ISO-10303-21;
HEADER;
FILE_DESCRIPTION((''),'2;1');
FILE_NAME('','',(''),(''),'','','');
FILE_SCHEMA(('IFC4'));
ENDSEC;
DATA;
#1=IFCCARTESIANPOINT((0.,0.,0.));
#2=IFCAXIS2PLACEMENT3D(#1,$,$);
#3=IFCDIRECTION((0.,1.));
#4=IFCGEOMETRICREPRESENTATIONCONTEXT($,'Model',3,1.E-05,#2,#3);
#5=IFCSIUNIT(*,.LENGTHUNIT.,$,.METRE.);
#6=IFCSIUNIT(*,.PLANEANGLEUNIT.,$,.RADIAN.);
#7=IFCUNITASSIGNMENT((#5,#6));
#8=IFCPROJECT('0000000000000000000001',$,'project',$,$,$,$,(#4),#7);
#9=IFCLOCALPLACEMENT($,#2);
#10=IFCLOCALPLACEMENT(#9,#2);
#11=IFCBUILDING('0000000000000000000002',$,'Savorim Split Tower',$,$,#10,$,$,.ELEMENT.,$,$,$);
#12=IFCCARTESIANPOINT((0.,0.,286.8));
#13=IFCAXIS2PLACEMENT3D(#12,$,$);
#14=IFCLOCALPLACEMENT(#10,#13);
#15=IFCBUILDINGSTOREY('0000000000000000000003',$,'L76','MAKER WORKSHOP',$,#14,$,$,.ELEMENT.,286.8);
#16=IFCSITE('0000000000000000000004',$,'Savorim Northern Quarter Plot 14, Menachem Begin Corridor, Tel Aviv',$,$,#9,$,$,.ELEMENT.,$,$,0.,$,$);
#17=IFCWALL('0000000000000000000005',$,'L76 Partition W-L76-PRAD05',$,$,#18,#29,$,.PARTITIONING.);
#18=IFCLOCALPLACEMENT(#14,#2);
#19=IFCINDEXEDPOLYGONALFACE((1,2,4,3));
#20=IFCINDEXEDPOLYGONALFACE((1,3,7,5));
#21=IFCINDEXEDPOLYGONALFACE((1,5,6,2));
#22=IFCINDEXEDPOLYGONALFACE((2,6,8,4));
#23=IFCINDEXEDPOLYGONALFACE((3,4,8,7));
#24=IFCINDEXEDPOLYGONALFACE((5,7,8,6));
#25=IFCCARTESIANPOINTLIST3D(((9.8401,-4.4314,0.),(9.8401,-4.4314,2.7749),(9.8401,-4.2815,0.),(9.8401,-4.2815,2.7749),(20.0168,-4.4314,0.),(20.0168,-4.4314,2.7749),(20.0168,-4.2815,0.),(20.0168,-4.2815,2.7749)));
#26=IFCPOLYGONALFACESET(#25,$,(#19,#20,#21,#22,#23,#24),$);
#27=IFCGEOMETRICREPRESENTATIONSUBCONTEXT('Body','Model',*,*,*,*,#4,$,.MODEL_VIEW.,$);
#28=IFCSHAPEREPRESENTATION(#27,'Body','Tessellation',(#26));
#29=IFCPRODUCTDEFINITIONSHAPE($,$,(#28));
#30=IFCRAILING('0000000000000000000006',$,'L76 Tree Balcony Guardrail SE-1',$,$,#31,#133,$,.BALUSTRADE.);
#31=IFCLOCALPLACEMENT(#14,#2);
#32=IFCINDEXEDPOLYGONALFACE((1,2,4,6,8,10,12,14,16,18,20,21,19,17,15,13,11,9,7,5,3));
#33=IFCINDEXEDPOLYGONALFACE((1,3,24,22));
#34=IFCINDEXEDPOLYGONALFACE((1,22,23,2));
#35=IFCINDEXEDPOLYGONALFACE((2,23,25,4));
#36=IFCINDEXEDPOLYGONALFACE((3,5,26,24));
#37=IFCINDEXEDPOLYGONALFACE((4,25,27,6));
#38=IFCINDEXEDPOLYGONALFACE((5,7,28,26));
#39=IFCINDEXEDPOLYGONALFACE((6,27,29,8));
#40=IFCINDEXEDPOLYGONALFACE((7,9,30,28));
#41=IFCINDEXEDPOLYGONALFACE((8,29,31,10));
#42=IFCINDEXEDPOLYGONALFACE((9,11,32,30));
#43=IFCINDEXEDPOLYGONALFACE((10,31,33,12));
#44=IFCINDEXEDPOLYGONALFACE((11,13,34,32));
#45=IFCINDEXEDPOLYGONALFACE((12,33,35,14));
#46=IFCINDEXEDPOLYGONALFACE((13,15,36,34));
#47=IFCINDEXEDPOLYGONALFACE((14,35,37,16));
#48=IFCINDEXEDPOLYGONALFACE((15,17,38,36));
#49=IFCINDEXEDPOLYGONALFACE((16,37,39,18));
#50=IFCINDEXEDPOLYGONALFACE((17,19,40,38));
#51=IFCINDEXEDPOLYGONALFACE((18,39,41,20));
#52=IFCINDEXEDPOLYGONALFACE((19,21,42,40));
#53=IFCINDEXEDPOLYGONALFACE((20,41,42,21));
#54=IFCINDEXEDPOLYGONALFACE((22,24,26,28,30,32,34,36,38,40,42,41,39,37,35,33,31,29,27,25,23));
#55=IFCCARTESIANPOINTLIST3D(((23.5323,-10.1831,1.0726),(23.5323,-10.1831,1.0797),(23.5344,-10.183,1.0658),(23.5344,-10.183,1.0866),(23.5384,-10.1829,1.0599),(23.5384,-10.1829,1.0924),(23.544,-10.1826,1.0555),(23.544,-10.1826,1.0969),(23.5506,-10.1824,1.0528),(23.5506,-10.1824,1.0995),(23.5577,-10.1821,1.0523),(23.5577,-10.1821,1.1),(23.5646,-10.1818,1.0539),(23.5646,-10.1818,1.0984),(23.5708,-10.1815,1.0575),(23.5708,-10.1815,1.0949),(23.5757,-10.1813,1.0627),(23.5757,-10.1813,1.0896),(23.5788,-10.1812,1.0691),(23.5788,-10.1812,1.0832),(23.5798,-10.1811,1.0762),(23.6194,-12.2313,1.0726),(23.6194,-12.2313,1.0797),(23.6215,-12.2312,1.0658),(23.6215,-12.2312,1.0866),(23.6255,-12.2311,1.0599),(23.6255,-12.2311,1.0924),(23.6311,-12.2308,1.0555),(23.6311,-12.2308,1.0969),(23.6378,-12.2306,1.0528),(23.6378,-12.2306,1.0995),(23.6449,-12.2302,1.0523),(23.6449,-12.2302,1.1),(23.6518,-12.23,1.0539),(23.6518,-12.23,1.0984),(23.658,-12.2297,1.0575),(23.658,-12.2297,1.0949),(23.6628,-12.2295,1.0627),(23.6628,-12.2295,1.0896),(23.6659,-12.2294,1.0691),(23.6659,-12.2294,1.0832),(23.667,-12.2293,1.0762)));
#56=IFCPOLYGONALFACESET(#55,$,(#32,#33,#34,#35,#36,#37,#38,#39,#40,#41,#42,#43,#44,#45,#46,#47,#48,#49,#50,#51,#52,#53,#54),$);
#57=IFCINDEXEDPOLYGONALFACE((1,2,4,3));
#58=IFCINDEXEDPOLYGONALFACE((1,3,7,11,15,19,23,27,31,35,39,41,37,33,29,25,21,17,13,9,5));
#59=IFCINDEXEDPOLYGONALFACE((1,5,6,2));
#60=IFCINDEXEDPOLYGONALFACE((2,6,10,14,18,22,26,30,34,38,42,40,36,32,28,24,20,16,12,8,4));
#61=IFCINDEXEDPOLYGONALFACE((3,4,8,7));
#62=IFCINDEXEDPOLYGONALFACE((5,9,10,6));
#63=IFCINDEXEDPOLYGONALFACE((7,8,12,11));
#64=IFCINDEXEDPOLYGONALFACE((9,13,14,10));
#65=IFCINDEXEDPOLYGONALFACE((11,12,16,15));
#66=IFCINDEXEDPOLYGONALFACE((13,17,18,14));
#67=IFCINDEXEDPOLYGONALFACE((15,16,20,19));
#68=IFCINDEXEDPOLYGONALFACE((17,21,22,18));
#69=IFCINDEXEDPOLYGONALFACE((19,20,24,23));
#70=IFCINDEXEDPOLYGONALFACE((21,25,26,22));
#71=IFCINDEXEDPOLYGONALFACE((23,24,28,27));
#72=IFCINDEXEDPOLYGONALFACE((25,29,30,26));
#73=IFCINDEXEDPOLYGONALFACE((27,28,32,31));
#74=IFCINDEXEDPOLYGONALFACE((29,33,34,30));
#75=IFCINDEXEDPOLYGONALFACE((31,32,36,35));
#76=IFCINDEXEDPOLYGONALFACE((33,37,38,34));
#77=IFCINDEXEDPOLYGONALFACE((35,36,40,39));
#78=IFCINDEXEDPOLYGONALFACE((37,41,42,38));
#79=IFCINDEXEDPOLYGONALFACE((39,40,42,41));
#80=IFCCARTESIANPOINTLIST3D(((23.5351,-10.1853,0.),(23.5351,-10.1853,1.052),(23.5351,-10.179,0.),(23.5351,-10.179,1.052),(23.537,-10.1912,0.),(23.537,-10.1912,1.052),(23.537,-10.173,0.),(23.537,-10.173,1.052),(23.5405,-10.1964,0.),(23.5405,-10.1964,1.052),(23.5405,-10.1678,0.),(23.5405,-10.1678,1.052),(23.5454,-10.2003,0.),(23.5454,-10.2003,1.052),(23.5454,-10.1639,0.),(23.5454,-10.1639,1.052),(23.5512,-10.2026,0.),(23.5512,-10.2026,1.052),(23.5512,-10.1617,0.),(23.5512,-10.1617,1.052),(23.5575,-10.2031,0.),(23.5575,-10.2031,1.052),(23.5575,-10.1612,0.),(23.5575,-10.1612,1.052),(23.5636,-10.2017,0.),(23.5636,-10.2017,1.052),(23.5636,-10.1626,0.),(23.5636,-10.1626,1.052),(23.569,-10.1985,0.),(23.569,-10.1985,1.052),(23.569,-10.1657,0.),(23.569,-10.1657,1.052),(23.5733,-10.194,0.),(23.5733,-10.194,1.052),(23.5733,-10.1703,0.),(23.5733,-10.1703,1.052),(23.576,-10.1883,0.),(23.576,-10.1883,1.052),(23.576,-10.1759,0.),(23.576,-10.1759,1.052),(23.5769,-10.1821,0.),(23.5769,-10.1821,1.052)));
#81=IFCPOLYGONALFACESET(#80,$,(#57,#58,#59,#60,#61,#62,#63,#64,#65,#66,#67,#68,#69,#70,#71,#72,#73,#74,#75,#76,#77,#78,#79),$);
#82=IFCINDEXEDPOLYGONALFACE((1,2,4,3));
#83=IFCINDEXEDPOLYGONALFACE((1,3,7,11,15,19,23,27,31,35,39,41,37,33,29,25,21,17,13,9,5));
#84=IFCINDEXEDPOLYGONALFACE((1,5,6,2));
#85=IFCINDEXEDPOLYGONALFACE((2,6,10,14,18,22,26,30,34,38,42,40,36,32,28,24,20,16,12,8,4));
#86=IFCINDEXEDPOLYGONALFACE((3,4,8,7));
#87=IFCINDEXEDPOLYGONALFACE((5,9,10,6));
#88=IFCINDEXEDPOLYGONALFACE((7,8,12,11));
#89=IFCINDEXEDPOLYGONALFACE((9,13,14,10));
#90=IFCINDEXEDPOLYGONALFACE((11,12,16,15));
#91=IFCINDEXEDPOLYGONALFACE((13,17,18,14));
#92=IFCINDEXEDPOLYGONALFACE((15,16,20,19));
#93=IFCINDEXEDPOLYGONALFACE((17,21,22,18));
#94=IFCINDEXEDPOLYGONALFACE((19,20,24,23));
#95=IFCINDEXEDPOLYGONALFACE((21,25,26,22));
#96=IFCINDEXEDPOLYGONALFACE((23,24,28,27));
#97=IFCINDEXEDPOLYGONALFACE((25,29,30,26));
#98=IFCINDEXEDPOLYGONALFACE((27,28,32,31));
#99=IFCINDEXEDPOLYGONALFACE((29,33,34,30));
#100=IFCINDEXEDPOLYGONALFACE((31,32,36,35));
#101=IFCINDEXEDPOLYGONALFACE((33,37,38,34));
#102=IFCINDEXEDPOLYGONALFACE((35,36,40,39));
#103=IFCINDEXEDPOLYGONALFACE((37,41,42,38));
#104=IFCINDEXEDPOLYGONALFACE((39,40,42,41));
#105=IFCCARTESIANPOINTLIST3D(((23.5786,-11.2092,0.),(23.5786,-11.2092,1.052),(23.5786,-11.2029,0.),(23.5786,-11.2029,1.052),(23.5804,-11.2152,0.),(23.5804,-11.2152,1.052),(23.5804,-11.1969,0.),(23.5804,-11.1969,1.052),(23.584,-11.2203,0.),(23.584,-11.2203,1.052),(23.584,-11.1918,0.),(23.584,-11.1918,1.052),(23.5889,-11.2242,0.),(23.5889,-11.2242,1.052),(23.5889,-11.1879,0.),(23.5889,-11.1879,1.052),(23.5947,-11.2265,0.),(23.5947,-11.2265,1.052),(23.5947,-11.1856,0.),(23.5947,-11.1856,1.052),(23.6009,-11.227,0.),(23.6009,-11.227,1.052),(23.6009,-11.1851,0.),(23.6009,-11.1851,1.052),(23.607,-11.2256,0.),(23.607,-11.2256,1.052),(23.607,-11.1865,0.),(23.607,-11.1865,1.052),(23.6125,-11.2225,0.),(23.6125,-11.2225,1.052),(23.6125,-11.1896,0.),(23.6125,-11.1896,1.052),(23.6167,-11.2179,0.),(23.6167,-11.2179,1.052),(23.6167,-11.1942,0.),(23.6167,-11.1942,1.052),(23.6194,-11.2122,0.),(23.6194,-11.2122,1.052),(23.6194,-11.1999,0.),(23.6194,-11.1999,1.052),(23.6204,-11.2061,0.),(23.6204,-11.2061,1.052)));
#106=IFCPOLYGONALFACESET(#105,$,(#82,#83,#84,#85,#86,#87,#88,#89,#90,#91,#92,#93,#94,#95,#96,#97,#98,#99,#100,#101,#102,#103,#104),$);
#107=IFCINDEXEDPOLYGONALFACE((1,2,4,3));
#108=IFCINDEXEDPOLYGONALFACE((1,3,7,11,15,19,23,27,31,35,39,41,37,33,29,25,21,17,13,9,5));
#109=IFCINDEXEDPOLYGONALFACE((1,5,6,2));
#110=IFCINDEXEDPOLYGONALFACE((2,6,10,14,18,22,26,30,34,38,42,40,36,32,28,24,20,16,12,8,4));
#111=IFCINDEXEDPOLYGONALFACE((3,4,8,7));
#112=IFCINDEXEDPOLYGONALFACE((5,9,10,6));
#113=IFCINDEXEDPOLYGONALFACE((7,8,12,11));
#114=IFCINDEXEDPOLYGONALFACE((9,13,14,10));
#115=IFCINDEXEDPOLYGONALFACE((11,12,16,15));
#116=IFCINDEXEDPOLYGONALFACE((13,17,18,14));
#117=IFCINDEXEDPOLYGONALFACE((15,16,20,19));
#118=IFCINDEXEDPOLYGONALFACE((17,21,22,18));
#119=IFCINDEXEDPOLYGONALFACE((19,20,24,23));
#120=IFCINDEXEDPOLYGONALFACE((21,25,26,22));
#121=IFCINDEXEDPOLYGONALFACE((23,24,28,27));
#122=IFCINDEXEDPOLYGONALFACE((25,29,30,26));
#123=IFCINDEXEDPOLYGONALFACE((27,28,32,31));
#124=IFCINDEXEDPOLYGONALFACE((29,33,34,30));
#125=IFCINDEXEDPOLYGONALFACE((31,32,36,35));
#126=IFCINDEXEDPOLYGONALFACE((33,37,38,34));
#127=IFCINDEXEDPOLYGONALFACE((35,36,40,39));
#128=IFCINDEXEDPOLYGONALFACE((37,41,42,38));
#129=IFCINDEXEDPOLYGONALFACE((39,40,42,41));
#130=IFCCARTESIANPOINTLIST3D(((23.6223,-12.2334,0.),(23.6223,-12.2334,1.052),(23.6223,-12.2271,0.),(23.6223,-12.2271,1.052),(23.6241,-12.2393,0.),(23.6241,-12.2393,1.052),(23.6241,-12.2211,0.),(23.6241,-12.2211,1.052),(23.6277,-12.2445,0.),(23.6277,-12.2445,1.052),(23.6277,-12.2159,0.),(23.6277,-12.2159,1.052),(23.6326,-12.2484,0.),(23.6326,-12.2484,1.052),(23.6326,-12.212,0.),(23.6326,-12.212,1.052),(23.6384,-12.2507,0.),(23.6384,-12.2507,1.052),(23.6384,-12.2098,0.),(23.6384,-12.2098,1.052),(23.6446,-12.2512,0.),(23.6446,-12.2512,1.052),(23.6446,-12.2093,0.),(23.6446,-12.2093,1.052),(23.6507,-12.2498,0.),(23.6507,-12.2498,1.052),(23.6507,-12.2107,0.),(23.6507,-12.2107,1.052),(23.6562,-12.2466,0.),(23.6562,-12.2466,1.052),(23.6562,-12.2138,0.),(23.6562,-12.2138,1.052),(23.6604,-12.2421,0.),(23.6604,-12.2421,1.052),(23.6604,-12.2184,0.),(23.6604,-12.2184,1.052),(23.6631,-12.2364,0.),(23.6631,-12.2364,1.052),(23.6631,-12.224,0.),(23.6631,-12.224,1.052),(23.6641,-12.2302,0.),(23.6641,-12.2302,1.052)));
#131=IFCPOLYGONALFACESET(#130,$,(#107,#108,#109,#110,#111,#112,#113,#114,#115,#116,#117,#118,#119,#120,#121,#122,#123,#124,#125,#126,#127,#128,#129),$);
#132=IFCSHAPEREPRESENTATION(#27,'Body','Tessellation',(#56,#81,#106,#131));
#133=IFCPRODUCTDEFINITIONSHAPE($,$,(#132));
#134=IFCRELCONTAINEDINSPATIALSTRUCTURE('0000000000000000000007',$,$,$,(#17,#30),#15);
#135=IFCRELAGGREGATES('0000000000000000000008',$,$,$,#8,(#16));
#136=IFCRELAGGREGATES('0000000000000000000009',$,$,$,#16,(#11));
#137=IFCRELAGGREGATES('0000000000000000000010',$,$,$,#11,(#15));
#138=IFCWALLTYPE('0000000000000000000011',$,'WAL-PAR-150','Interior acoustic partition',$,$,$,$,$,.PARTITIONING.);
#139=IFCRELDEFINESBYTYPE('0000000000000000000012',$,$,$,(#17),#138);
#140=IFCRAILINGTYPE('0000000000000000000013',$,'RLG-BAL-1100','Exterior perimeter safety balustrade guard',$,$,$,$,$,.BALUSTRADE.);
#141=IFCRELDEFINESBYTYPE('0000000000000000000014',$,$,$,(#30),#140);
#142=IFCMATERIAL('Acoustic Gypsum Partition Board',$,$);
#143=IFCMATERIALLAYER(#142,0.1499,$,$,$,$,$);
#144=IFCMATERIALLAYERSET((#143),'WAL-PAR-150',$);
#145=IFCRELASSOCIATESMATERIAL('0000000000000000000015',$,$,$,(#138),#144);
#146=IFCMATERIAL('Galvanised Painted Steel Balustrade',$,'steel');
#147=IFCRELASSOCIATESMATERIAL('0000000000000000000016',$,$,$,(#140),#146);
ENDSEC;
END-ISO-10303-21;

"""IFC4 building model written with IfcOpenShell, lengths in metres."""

from ifc_helpers import new_model, si_unit, direction, frame, frame_2d, origin, origin_2d, place, context, subcontext, project, spatial, rectangle, circle, extrude, material, layer, layer_set, type_object, element, save


model = new_model("IFC4")

# Units and contexts
model_context = context("Model", 3, precision=1e-05, world=origin(), true_north=direction((0.0, 1.0)))
body_context = subcontext(model_context, "Body", "Model", "MODEL_VIEW")
ifc_project = project(units=[si_unit("LENGTHUNIT", "METRE"), si_unit("PLANEANGLEUNIT", "RADIAN")], contexts=[model_context])

# Site, building, storey
site_placement = place(None, origin())
site = spatial("IfcSite", under=ifc_project, at=site_placement, Name="Savorim Northern Quarter Plot 14, Menachem Begin Corridor, Tel Aviv", CompositionType="ELEMENT", RefElevation=0.0)
building_placement = place(site_placement, origin())
building = spatial("IfcBuilding", under=site, at=building_placement, Name="Savorim Split Tower", CompositionType="ELEMENT")
storey_placement = place(building_placement, frame((0.0, 0.0, 286.8)))
storey = spatial("IfcBuildingStorey", under=building, at=storey_placement, Name="L76", Description="MAKER WORKSHOP", CompositionType="ELEMENT", Elevation=286.8)

# Wall
ifc_material_1 = material(Name="Acoustic Gypsum Partition Board")
ifc_layer_1 = layer(ifc_material_1, 0.1499)
ifc_layer_set_1 = layer_set([ifc_layer_1], Name="WAL-PAR-150")
wall_type_1 = type_object("IfcWallType", Name="WAL-PAR-150", Description="Interior acoustic partition", PredefinedType="PARTITIONING", material=ifc_layer_set_1)
wall_1_placement = place(storey_placement, frame((9.8401, -4.3564, 0.0), z_axis=(0.0, 0.0, 1.0), x_axis=(1.0, 0.0, 0.0)))
element("IfcWall", 1, at=wall_1_placement, inside=storey, type_object=wall_type_1, Name="L76 Partition W-L76-PRAD05", PredefinedType="PARTITIONING", context=body_context, shape_type="SweptSolid", body=[
    extrude(rectangle(XDim=10.1768, YDim=0.1499, at=frame_2d((5.0884, 0.0))), origin(), (0.0, 0.0, 1.0), 2.7749),
])

# Railing
ifc_material_2 = material(Name="Galvanised Painted Steel Balustrade", Category="steel")
railing_type = type_object("IfcRailingType", Name="RLG-BAL-1100", Description="Exterior perimeter safety balustrade guard", PredefinedType="BALUSTRADE", material=ifc_material_2)
railing_1_placement = place(storey_placement, frame((23.5559, -10.1821, 0.0)))
element("IfcRailing", 2, at=railing_1_placement, inside=storey, type_object=railing_type, Name="L76 Tree Balcony Guardrail SE-1", PredefinedType="BALUSTRADE", context=body_context, shape_type="SweptSolid", body=[
    extrude(circle(Radius=0.0239, at=origin_2d()), frame((0.0, 0.0, 1.0762), z_axis=(0.042517, -0.999096, 0.0), x_axis=(0.999096, 0.042517, 0.0)), (0.0, 0.0, 1.0), 2.05),
    extrude(circle(Radius=0.021, at=origin_2d()), origin(), (0.0, 0.0, 1.0), 1.052),
    extrude(circle(Radius=0.021, at=origin_2d()), frame((0.0435, -1.0239, 0.0)), (0.0, 0.0, 1.0), 1.052),
    extrude(circle(Radius=0.021, at=origin_2d()), frame((0.0872, -2.0481, 0.0)), (0.0, 0.0, 1.0), 1.052),
])

save(model, "model.ifc")
